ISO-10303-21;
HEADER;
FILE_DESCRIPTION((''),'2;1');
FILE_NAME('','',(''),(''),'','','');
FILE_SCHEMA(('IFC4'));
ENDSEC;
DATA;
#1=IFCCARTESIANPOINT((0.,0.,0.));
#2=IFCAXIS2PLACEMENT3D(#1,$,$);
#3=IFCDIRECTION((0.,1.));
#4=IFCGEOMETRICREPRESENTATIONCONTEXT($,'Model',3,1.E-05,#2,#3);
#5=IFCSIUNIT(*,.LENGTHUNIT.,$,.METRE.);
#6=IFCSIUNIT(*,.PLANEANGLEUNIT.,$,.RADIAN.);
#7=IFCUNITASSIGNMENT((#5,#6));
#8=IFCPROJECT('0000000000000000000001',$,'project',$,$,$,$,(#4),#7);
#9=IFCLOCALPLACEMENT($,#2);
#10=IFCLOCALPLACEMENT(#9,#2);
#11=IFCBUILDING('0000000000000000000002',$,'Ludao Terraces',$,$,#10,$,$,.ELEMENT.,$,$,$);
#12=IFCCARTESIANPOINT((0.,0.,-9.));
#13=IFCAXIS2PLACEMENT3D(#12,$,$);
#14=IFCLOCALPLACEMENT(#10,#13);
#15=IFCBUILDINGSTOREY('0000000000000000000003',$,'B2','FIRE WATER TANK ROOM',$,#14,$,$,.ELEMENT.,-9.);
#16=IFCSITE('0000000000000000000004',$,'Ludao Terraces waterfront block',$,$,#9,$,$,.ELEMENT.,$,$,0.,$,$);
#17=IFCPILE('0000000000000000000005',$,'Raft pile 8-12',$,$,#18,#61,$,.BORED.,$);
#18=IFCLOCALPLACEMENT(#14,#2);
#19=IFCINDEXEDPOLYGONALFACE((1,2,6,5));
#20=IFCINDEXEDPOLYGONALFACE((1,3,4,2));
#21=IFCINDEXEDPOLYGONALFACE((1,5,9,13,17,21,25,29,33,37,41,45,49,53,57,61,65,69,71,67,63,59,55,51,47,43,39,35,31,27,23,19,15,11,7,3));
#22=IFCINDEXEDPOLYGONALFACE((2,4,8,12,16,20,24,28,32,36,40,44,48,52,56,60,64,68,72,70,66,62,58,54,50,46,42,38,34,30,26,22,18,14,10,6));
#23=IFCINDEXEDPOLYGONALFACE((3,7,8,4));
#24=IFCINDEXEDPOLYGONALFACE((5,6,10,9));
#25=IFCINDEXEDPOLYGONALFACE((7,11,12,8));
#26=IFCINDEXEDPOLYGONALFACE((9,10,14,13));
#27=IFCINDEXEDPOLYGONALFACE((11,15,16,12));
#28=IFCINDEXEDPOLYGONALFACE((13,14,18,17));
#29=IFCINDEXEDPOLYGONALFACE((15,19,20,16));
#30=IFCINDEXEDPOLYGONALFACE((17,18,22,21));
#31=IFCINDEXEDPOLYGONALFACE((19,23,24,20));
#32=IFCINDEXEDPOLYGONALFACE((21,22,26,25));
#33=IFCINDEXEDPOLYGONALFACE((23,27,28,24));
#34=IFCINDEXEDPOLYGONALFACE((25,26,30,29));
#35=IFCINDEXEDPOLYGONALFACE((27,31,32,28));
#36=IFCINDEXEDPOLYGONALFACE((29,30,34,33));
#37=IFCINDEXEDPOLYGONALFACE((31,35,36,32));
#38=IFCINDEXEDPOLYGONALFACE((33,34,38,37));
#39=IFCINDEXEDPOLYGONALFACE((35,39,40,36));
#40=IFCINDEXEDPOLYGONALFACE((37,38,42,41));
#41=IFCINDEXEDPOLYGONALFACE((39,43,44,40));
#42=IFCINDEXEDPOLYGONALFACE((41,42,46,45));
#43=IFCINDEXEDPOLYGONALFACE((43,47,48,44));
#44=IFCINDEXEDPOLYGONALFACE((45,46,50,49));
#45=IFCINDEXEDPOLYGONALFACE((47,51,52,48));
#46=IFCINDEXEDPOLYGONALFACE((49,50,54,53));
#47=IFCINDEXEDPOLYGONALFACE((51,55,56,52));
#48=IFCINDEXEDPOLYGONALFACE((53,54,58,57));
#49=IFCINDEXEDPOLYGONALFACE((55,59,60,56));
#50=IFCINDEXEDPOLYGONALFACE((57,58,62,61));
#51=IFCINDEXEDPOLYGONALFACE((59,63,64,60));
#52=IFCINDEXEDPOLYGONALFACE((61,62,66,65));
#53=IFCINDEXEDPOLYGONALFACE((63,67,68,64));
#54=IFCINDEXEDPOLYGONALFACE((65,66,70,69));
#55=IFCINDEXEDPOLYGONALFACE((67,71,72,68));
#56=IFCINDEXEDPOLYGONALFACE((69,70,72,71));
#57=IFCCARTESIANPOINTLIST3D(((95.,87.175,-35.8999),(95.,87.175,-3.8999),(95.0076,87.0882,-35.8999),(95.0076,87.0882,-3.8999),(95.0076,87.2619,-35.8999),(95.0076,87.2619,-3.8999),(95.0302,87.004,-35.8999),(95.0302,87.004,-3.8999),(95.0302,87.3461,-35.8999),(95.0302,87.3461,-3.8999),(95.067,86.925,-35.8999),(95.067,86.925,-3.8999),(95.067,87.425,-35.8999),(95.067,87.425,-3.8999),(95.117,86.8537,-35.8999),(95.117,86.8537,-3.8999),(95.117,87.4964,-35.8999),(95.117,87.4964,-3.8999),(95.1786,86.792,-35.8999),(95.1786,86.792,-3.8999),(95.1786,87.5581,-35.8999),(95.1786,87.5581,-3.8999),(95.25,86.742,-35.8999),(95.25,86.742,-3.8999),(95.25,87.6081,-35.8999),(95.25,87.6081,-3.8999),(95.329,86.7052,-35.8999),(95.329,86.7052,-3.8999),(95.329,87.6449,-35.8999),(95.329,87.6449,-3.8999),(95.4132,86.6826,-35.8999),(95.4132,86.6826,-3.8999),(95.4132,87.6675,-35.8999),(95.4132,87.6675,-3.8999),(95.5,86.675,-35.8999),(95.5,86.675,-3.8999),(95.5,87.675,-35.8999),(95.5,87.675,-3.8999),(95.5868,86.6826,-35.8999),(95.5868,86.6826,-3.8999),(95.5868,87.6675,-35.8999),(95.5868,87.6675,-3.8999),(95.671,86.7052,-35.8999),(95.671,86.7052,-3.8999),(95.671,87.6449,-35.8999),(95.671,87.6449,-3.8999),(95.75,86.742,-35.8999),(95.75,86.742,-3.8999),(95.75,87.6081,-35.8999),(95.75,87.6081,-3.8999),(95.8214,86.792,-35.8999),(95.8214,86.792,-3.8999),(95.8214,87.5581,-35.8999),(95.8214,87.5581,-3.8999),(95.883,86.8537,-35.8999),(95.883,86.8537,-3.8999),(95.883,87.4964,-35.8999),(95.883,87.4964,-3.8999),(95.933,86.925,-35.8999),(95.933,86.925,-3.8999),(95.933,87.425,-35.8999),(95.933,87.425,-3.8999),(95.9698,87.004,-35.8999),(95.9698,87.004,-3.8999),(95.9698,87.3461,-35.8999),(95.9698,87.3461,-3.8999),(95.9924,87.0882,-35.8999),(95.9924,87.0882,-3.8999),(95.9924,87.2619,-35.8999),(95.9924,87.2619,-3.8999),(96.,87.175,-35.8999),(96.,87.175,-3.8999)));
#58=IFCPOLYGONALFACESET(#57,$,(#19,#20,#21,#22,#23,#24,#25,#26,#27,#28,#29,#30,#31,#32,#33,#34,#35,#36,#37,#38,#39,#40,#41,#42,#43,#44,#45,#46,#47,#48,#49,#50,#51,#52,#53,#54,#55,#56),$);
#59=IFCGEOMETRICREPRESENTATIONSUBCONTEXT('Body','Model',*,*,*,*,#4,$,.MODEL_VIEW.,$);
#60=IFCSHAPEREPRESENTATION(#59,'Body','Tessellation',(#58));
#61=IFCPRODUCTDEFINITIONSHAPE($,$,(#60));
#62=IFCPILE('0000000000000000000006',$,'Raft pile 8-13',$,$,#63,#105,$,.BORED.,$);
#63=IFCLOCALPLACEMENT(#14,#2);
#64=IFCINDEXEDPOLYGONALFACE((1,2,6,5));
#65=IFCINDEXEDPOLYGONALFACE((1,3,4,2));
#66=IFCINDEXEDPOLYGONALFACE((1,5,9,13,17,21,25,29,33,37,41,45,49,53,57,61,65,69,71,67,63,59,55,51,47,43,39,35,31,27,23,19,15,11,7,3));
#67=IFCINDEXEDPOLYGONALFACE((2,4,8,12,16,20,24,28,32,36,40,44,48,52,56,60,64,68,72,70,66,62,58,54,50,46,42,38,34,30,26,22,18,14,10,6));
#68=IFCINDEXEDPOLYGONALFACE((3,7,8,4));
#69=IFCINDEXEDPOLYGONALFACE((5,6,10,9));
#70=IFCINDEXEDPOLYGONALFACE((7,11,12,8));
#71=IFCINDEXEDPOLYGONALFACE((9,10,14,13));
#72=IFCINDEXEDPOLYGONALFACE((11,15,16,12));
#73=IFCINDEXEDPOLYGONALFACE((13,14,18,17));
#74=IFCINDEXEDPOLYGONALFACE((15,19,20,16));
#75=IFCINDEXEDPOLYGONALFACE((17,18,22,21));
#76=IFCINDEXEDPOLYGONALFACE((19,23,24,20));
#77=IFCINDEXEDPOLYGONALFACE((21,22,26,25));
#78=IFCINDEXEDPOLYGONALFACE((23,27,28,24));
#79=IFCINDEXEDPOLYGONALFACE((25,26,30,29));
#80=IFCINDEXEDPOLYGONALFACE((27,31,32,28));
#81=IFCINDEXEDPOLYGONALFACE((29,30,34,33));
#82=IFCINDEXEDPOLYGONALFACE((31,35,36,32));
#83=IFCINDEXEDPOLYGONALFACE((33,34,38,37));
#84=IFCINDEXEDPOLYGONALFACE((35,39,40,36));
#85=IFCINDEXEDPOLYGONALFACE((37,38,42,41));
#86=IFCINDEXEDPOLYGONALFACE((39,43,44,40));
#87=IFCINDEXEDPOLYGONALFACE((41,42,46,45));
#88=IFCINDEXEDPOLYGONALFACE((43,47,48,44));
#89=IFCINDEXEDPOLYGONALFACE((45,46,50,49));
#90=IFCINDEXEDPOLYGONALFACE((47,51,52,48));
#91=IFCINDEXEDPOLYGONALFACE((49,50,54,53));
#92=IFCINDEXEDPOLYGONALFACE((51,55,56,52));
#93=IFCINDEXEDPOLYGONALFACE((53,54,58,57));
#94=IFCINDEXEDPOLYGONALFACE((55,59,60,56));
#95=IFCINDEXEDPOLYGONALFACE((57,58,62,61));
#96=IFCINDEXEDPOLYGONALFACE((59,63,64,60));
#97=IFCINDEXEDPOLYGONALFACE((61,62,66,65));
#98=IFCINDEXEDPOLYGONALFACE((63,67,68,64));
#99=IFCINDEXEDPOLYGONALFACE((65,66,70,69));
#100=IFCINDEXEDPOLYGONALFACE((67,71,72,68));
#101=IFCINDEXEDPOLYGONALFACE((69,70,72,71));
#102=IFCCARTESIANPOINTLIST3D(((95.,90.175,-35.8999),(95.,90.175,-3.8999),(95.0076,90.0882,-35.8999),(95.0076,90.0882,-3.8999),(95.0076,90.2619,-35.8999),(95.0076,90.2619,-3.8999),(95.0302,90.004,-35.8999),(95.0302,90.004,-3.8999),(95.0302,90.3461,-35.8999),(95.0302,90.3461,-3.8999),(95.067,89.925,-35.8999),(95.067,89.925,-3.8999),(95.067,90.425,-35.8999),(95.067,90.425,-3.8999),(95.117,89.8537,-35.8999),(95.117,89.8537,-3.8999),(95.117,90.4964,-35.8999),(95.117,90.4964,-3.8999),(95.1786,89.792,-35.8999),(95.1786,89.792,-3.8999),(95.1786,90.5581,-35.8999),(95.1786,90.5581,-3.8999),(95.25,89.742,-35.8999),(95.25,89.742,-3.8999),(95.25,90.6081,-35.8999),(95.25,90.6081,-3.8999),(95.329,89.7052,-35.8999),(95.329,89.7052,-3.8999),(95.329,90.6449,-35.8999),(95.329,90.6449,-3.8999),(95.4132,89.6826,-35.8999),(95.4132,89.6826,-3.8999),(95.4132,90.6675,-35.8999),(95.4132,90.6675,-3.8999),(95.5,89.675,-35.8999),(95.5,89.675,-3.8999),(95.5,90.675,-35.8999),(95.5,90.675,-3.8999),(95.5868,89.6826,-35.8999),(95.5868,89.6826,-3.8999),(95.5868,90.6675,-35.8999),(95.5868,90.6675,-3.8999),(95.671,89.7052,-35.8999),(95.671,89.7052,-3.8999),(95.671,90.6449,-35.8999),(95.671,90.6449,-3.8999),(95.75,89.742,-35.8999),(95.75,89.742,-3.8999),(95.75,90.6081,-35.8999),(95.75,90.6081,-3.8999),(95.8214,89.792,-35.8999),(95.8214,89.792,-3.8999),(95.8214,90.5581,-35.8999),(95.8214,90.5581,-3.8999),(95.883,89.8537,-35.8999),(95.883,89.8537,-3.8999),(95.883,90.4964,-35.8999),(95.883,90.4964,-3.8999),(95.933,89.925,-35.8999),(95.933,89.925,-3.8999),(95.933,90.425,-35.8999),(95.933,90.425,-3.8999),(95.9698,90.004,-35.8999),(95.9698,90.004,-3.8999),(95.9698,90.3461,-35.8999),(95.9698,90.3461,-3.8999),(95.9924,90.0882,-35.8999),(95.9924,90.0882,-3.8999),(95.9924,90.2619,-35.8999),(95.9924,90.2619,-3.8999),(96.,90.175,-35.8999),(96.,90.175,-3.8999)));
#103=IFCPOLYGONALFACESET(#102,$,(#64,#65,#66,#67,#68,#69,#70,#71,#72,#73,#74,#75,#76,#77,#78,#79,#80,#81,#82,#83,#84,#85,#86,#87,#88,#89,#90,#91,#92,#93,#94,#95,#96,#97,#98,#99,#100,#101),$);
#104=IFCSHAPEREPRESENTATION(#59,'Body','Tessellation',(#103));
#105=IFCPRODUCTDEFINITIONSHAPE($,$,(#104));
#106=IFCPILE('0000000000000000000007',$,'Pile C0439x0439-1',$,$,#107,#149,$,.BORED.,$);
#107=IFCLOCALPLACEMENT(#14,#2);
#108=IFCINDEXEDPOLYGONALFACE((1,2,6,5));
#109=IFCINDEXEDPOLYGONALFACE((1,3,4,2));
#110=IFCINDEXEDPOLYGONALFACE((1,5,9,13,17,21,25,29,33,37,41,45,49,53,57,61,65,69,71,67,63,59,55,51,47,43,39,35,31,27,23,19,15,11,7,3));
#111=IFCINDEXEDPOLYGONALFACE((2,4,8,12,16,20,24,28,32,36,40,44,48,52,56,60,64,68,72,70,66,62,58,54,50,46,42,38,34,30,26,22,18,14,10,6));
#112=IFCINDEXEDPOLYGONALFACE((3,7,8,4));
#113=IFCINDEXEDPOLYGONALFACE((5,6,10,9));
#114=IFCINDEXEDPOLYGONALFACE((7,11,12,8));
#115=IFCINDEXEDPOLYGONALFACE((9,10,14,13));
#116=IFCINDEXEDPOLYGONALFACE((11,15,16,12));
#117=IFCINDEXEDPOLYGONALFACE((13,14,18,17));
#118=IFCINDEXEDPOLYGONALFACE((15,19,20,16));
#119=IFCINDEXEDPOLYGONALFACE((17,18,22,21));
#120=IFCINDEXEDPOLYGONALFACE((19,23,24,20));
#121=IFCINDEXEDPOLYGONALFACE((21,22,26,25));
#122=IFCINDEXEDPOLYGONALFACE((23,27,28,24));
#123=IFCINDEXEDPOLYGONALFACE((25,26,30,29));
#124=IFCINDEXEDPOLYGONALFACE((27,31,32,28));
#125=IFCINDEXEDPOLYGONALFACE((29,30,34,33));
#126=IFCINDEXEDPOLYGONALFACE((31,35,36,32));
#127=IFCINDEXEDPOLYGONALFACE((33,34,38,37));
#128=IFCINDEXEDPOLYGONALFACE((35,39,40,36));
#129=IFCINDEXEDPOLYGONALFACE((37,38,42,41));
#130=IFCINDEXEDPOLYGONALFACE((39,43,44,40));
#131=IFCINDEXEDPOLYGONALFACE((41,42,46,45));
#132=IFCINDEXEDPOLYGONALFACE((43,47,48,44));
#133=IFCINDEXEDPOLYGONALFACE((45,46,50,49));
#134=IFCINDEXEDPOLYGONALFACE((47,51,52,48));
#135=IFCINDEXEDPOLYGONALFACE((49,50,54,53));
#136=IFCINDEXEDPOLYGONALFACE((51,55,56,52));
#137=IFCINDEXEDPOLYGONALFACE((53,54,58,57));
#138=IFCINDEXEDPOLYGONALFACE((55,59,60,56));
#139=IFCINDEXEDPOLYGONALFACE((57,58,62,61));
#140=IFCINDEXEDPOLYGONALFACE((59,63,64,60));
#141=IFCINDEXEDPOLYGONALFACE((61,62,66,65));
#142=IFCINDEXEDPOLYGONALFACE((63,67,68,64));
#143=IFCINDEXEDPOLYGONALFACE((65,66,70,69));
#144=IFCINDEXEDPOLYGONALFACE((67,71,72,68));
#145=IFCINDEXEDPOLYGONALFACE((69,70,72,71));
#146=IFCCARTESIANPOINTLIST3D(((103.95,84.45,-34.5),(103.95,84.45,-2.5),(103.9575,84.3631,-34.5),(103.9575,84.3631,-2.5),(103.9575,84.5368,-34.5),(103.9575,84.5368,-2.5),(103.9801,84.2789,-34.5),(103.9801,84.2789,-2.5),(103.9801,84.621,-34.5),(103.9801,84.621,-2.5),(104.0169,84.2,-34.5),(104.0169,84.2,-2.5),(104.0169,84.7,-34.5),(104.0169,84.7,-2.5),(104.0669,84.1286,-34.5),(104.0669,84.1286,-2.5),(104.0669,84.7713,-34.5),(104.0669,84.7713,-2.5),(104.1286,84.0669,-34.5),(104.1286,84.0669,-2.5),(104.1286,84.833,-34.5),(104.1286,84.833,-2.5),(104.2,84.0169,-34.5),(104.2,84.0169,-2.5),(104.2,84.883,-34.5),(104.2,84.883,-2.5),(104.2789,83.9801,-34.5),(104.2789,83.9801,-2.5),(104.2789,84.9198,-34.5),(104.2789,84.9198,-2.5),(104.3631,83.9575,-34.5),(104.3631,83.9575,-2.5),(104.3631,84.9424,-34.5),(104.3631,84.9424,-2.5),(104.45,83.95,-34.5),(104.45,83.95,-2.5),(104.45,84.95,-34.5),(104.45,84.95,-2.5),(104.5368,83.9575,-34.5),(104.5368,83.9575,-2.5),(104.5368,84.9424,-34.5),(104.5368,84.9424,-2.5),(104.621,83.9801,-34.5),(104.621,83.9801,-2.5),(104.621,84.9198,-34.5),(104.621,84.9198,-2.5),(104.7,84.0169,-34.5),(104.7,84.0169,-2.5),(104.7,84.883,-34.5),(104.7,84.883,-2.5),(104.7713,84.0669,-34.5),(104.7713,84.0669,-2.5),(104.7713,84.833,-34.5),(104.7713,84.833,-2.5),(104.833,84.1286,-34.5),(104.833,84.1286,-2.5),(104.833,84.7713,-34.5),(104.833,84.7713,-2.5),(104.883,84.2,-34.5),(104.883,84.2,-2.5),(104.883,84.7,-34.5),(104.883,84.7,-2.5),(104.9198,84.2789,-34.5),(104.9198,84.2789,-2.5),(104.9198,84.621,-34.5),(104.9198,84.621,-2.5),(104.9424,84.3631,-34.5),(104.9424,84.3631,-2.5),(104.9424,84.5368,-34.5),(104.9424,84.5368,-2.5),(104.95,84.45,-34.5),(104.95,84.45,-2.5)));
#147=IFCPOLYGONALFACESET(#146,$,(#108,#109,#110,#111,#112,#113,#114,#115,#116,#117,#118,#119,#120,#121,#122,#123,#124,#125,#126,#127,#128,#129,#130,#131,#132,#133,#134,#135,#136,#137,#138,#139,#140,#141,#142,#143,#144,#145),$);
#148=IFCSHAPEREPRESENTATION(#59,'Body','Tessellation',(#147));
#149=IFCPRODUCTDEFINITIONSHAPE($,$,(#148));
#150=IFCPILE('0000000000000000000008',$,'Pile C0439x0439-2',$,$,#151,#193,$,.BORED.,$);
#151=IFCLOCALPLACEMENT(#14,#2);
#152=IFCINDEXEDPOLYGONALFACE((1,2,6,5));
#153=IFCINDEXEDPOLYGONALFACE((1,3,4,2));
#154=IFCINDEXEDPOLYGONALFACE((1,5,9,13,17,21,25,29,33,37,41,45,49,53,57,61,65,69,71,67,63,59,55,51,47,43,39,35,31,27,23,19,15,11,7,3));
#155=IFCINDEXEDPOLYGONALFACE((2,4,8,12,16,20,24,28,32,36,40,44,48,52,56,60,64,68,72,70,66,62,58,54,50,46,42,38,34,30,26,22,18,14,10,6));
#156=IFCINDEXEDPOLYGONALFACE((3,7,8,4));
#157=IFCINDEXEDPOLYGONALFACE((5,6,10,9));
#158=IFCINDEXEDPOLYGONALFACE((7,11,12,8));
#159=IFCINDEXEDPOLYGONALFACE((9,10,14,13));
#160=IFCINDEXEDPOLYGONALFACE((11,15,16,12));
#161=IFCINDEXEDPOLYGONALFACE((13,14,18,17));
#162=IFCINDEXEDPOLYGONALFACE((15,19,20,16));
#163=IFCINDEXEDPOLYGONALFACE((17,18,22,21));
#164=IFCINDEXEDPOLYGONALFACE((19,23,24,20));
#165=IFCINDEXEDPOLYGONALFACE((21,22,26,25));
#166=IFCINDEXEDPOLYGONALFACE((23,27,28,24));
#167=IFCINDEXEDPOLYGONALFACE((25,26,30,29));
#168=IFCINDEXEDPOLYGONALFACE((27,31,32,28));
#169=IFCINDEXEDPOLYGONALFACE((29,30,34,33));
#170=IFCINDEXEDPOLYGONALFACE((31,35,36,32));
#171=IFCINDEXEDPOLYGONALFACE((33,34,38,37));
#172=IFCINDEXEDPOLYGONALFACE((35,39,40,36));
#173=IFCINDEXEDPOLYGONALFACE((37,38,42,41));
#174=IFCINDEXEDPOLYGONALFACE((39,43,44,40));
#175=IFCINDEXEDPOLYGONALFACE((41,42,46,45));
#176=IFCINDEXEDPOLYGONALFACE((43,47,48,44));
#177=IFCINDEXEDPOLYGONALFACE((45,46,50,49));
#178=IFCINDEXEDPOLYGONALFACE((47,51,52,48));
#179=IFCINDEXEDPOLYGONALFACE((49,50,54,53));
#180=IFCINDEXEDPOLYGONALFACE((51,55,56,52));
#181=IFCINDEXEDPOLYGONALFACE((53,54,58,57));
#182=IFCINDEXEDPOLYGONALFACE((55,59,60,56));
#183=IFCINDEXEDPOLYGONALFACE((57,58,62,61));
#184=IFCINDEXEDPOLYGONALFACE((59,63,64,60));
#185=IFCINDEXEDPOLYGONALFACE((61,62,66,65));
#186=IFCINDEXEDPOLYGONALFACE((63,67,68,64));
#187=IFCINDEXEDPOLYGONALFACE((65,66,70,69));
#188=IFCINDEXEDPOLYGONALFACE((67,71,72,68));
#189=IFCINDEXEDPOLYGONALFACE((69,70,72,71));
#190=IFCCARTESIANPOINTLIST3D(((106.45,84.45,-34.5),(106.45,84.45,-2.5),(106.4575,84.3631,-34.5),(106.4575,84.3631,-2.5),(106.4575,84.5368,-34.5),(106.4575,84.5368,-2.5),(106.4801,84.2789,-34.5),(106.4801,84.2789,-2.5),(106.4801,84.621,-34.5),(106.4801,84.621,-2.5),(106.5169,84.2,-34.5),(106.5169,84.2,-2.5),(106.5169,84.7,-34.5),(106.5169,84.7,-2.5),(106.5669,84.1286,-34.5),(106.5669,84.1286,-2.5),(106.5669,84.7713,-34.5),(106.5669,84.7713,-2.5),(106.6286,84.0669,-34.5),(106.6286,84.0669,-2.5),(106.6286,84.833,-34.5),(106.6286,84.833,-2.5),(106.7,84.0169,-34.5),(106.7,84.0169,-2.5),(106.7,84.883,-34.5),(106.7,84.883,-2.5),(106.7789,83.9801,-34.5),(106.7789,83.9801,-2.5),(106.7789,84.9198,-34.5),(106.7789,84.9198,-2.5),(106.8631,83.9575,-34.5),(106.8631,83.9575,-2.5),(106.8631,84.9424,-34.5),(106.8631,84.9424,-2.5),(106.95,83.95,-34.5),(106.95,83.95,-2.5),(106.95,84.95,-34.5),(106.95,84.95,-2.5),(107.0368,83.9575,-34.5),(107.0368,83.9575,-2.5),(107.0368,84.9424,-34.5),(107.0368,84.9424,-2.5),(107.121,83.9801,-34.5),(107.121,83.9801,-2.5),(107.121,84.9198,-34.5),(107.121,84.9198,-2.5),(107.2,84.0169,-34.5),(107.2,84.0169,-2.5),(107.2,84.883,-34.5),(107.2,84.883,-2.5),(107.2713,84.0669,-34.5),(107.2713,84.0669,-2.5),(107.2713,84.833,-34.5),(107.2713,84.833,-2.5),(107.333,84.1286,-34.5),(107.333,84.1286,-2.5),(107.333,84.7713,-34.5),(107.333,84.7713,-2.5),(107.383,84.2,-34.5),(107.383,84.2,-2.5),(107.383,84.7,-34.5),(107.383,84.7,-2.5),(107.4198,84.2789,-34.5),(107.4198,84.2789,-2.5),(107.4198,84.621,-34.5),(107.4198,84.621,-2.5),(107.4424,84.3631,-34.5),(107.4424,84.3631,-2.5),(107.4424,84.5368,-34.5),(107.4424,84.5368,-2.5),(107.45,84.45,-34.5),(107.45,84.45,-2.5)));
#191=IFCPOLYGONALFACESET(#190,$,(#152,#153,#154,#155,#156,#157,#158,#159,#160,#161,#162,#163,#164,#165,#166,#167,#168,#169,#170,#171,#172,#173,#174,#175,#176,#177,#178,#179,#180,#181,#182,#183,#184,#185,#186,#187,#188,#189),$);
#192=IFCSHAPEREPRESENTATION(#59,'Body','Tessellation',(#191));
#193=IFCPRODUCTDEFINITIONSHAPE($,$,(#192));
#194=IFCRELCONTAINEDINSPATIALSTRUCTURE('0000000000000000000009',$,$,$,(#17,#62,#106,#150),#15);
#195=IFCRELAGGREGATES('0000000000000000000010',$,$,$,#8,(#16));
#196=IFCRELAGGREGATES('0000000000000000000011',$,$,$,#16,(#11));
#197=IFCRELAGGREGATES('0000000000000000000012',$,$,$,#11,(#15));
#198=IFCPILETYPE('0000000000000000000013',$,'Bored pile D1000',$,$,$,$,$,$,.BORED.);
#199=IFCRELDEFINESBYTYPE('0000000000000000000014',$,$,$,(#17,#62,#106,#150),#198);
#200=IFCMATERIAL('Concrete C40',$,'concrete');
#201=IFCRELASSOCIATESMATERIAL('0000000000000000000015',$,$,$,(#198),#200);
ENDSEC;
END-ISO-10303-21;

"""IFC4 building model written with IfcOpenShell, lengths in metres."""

from ifc_helpers import new_model, si_unit, direction, frame, origin, origin_2d, place, context, subcontext, project, spatial, circle, extrude, material, material_profile, profile_set, type_object, element, save


model = new_model("IFC4")

# Units and contexts
model_context = context("Model", 3, precision=1e-05, world=origin(), true_north=direction((0.0, 1.0)))
body_context = subcontext(model_context, "Body", "Model", "MODEL_VIEW")
ifc_project = project(units=[si_unit("LENGTHUNIT", "METRE"), si_unit("PLANEANGLEUNIT", "RADIAN")], contexts=[model_context])

# Site, building, storey
site_placement = place(None, origin())
site = spatial("IfcSite", under=ifc_project, at=site_placement, Name="Ludao Terraces waterfront block", CompositionType="ELEMENT", RefElevation=0.0)
building_placement = place(site_placement, origin())
building = spatial("IfcBuilding", under=site, at=building_placement, Name="Ludao Terraces", CompositionType="ELEMENT")
storey_placement = place(building_placement, frame((0.0, 0.0, -9.0)))
storey = spatial("IfcBuildingStorey", under=building, at=storey_placement, Name="B2", Description="FIRE WATER TANK ROOM", CompositionType="ELEMENT", Elevation=-9.0)

# Piles
ifc_material_1 = material(Name="Concrete C40", Category="concrete")
ifc_material_profile_1 = material_profile(ifc_material_1, circle(Radius=0.5, at=origin_2d()), Name="D1000 BORED PILE")
ifc_profile_set_1 = profile_set([ifc_material_profile_1], Name="Concrete C40")
pile_type = type_object("IfcPileType", Name="Bored pile D1000", PredefinedType="BORED", material=ifc_profile_set_1)
for number, where, z_axis, x_axis, name in (
    (1, (95.5, 87.175, -3.8999), (0.0, 0.0, -1.0), (1.0, 0.0, 0.0), "Raft pile 8-12"),
    (2, (95.5, 90.175, -3.8999), (0.0, 0.0, -1.0), (1.0, 0.0, 0.0), "Raft pile 8-13"),
    (3, (104.45, 84.45, -2.5), (0.0, 0.0, -1.0), (1.0, 0.0, 0.0), "Pile C0439x0439-1"),
    (4, (106.95, 84.45, -2.5), (0.0, 0.0, -1.0), (1.0, 0.0, 0.0), "Pile C0439x0439-2"),
):
    element("IfcPile", number, at=place(storey_placement, frame(where, z_axis=z_axis, x_axis=x_axis)), inside=storey, type_object=pile_type, Name=name, PredefinedType="BORED", context=body_context, shape_type="SweptSolid", body=[
        extrude(circle(Radius=0.5, at=origin_2d()), origin(), (0.0, 0.0, 1.0), 32.0),
    ])

save(model, "model.ifc")
